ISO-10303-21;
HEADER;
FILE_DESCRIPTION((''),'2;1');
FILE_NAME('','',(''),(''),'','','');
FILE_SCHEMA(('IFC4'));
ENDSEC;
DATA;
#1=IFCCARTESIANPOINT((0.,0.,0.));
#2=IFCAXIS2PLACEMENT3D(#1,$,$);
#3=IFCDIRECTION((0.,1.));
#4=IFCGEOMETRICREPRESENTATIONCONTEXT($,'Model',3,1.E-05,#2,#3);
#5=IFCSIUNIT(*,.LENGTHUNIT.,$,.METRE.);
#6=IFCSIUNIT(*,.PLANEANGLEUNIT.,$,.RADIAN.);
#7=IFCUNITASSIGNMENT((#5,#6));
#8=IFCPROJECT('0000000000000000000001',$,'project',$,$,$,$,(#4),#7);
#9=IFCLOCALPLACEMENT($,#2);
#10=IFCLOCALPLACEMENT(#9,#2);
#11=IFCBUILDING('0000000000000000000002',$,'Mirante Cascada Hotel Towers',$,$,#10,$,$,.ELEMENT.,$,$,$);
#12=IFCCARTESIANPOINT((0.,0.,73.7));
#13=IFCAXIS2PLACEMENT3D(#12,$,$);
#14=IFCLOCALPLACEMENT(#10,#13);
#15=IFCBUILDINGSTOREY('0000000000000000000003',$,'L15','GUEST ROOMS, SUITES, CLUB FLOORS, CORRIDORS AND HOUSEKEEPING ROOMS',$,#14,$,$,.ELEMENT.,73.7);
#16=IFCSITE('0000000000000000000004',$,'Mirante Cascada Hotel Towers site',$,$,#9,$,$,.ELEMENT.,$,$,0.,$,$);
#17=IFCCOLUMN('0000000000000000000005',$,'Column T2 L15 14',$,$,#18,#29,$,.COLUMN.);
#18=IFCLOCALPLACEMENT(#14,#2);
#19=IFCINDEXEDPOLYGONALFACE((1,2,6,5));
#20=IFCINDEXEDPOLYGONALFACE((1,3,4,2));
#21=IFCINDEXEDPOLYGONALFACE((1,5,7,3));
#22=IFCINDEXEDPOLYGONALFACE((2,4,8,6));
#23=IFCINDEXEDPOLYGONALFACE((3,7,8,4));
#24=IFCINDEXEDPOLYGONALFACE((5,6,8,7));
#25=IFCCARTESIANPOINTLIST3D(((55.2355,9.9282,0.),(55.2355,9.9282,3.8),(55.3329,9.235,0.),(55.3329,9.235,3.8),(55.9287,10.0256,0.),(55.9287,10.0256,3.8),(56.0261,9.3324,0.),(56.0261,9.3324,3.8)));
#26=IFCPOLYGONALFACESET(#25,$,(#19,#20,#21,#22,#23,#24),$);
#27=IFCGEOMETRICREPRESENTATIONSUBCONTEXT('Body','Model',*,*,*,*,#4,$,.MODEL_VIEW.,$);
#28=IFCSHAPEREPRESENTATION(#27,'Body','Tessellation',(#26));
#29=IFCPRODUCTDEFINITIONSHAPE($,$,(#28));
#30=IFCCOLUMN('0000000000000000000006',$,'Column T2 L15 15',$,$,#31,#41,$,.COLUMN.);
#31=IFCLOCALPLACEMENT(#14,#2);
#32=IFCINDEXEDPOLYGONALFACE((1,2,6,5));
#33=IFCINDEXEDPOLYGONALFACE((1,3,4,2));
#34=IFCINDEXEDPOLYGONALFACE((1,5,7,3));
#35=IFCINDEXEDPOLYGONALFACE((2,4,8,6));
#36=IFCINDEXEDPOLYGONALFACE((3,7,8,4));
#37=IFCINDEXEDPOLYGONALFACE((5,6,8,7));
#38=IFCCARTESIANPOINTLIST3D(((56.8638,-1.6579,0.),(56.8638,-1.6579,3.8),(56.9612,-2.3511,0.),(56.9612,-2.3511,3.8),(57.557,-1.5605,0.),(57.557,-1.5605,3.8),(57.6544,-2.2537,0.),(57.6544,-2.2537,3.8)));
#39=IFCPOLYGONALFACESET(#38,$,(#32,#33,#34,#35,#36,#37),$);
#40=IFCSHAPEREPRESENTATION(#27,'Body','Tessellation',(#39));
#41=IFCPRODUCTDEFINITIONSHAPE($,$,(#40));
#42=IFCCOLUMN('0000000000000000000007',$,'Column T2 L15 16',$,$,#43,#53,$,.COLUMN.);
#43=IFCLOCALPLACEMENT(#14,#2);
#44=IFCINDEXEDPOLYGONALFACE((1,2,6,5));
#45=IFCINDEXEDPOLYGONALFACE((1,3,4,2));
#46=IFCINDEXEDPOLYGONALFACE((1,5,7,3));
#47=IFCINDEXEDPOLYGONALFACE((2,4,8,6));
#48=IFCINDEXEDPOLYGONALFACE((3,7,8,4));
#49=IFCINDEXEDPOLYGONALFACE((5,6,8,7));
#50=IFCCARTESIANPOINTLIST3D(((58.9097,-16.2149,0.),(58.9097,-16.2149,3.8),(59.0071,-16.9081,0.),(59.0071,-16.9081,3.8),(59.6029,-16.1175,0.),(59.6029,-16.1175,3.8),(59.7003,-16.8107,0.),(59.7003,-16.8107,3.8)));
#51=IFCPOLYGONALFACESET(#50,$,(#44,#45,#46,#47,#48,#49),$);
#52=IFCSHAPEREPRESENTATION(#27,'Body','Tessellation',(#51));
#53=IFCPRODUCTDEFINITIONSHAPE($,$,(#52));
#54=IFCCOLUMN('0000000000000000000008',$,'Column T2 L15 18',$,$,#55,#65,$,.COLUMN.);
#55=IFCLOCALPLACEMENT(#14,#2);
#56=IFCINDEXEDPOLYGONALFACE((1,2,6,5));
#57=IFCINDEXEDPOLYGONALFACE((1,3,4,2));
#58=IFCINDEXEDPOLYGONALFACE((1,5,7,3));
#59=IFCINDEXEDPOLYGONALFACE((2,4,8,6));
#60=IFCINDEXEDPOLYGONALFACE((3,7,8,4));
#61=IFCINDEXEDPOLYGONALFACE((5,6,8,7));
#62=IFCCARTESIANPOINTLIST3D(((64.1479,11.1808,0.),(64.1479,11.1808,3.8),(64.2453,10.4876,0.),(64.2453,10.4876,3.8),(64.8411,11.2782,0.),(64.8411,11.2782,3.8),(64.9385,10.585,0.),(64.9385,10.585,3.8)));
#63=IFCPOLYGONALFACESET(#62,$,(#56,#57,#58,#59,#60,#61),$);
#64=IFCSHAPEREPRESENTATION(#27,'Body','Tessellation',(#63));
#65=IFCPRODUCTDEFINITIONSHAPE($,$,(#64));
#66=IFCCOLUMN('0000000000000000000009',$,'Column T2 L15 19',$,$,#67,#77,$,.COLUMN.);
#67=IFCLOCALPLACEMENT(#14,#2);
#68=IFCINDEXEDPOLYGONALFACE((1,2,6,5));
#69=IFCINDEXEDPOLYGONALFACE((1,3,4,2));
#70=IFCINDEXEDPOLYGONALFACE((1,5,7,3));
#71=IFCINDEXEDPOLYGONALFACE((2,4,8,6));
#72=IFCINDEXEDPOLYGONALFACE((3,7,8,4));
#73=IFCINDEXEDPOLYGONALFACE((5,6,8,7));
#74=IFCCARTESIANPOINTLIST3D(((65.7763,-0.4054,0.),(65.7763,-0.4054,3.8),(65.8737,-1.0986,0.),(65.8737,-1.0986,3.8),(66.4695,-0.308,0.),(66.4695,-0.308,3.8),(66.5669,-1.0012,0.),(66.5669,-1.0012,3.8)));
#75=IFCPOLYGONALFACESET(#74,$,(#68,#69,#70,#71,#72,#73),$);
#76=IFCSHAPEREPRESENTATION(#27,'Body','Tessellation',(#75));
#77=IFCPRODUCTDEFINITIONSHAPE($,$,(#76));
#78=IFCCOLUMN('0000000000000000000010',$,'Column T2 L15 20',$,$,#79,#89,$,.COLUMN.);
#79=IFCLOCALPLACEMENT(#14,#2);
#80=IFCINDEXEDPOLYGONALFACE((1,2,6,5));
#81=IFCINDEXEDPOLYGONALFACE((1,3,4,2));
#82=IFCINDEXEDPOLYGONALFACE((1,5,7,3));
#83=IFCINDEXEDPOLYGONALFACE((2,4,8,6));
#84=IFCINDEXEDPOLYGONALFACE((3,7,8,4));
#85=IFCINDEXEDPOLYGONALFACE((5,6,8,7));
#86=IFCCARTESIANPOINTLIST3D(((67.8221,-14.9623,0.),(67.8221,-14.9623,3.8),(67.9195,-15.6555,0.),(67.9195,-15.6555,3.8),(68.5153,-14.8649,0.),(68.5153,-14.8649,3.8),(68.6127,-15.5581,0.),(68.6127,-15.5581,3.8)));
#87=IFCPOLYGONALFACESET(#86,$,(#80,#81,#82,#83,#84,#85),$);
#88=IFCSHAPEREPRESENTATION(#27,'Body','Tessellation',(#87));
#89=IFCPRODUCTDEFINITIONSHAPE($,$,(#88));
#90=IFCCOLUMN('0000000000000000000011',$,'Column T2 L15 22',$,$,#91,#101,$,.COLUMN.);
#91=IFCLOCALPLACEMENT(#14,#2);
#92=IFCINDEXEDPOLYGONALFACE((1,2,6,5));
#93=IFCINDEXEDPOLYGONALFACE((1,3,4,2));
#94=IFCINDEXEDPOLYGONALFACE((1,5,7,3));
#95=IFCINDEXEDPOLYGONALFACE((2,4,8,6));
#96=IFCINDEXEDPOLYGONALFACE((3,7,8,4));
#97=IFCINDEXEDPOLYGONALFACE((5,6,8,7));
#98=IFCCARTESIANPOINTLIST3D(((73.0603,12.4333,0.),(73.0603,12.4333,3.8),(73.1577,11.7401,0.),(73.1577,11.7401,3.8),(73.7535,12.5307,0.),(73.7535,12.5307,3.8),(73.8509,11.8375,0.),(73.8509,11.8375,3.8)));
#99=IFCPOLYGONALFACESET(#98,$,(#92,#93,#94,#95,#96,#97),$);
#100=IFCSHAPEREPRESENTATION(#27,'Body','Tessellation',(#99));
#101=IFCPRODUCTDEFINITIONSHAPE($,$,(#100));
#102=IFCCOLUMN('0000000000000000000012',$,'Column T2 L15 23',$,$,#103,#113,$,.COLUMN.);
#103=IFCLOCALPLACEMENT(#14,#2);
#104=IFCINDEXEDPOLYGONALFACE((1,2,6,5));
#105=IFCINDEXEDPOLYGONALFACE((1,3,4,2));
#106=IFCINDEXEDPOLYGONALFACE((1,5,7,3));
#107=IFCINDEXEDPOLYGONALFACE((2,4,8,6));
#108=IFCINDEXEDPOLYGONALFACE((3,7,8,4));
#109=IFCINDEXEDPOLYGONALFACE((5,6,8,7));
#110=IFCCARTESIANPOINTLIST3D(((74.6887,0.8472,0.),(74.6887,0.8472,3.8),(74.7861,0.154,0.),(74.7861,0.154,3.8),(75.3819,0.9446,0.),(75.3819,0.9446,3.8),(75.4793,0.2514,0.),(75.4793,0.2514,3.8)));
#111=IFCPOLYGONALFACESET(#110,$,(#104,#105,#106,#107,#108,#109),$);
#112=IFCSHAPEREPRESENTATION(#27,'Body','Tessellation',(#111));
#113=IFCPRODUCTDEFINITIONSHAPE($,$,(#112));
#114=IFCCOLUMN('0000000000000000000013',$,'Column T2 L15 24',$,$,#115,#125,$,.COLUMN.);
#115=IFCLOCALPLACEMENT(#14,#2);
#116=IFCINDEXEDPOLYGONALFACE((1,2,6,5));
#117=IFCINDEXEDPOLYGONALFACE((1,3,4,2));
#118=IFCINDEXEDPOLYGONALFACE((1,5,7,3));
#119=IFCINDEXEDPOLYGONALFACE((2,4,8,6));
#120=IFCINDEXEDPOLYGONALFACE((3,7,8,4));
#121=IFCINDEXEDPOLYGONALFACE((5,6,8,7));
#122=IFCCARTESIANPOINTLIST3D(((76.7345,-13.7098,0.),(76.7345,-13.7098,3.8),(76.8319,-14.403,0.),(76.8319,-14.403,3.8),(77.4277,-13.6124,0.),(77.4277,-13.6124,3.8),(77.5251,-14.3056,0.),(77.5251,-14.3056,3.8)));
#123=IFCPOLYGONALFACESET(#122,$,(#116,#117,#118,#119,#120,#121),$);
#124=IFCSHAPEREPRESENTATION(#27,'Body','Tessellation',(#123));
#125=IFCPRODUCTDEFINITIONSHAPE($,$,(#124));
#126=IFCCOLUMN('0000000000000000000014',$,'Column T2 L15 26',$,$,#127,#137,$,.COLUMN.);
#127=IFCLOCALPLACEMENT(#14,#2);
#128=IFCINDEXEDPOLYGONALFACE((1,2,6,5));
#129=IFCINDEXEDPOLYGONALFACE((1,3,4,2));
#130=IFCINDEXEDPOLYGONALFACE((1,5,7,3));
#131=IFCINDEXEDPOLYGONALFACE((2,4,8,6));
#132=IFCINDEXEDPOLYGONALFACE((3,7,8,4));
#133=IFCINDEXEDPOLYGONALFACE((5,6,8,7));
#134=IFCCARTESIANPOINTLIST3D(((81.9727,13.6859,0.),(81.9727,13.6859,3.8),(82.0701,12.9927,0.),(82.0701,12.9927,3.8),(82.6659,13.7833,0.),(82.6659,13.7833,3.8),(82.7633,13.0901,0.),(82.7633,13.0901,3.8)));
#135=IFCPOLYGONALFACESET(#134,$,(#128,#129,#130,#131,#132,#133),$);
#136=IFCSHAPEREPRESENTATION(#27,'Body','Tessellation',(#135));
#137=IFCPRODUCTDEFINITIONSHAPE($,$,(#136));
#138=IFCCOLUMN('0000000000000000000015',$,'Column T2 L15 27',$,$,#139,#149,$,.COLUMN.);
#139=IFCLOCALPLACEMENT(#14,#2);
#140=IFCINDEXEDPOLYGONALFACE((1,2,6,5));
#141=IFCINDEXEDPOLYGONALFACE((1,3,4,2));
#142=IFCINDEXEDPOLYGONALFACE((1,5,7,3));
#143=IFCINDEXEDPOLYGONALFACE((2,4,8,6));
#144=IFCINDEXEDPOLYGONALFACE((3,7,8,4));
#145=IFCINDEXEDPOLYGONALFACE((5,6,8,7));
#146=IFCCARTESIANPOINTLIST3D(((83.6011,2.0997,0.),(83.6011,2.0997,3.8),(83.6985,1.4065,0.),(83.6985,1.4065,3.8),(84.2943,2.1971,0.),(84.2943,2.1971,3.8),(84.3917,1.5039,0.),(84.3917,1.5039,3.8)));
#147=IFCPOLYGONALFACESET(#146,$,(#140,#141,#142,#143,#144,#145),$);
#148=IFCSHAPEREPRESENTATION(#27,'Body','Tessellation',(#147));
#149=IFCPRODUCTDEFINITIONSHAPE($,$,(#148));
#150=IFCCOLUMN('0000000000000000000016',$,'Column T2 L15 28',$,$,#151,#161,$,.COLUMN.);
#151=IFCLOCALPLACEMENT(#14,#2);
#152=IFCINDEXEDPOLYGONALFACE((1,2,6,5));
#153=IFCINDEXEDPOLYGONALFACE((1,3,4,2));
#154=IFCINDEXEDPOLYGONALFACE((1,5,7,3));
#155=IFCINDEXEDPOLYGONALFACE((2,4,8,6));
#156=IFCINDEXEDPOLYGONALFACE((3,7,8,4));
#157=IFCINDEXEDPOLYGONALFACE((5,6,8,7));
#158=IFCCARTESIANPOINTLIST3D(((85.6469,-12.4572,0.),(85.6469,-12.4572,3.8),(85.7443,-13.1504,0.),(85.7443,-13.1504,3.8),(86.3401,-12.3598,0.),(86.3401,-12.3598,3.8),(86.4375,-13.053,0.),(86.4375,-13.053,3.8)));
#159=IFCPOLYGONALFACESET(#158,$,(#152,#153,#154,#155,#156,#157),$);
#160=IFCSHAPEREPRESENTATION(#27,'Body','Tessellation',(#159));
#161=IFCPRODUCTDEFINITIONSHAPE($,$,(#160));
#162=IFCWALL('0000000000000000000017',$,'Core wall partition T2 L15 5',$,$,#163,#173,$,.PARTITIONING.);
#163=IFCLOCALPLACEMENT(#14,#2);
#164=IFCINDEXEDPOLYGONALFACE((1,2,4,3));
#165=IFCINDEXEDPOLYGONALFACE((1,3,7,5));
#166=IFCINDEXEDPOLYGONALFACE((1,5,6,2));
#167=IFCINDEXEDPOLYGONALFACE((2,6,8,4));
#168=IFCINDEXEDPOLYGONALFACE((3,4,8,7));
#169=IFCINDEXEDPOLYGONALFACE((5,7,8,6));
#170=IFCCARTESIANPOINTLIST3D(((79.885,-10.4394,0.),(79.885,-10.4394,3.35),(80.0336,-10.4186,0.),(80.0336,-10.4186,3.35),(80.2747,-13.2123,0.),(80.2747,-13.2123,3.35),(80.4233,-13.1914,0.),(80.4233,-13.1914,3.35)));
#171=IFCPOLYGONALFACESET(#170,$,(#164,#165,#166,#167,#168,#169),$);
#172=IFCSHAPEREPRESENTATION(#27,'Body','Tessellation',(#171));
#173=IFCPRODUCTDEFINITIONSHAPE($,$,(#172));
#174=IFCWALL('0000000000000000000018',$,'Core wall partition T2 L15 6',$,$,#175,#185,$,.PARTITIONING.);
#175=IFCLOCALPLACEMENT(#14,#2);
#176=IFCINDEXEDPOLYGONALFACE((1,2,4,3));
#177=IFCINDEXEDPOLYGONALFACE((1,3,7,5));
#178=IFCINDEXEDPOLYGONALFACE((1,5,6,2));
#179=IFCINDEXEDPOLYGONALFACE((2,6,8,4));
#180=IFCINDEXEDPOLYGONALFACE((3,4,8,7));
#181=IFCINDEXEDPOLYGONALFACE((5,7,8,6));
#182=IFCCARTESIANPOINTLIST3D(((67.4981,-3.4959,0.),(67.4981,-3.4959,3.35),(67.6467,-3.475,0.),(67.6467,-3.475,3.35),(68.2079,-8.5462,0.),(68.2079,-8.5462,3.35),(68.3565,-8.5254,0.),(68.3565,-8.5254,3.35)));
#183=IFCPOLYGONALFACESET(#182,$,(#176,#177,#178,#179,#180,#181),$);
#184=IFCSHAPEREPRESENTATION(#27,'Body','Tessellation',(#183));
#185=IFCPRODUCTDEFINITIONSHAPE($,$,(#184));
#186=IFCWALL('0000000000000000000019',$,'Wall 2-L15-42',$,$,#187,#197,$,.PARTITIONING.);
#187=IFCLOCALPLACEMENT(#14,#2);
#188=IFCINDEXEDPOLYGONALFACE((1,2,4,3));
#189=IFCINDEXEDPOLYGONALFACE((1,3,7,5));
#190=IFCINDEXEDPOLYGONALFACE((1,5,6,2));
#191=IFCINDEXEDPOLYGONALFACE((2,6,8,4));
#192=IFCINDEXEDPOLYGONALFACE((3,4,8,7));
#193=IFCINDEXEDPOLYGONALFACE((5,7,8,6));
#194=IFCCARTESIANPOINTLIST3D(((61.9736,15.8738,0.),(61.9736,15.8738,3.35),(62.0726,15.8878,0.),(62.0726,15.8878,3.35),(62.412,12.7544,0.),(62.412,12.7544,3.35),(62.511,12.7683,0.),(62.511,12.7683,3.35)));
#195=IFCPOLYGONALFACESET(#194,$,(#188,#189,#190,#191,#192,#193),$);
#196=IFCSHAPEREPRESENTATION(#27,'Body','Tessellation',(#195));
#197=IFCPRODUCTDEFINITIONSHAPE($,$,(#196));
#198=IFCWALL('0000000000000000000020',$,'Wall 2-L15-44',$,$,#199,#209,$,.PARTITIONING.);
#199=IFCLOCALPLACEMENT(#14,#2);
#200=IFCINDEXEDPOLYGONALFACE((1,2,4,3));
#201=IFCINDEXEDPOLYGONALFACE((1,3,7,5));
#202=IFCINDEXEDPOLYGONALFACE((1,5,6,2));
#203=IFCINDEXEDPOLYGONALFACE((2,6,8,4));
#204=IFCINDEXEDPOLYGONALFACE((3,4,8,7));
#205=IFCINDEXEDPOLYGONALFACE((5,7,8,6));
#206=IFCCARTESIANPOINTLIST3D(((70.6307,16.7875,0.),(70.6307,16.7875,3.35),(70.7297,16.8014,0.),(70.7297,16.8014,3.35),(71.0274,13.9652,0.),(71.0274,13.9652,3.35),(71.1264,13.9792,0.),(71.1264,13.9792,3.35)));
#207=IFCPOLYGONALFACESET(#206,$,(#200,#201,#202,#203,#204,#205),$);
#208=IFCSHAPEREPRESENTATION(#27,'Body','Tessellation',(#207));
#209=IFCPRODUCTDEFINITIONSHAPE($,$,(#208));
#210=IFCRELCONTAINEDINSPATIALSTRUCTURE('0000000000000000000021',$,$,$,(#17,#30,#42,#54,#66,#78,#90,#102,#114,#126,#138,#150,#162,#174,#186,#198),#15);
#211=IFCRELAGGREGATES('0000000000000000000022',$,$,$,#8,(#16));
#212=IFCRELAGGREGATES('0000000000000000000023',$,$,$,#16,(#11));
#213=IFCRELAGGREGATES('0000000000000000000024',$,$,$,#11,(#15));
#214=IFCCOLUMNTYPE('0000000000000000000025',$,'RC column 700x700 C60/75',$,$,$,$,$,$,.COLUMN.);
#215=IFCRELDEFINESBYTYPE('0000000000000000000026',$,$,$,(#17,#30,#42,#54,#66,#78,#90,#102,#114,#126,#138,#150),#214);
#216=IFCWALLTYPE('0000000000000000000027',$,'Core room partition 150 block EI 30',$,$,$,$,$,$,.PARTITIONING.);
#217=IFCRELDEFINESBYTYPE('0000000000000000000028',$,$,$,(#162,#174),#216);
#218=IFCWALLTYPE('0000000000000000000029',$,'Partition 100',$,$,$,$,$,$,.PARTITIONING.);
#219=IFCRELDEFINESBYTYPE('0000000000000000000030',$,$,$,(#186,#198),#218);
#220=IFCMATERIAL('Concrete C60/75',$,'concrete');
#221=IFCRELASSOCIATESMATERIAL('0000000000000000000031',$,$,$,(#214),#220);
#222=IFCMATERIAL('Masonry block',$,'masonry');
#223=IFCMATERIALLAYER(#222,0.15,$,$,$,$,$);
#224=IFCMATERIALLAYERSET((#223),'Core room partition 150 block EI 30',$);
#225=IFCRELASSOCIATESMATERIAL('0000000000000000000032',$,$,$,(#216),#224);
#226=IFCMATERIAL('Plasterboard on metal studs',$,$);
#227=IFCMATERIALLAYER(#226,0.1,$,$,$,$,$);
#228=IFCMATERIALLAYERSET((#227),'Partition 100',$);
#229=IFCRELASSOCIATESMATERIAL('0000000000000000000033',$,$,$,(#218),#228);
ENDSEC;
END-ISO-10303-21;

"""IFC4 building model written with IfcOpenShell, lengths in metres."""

from ifc_helpers import new_model, si_unit, direction, frame, frame_2d, origin, origin_2d, place, context, subcontext, project, spatial, rectangle, extrude, material, layer, layer_set, material_profile, profile_set, type_object, element, save


model = new_model("IFC4")

# Units and contexts
model_context = context("Model", 3, precision=1e-05, world=origin(), true_north=direction((0.0, 1.0)))
body_context = subcontext(model_context, "Body", "Model", "MODEL_VIEW")
ifc_project = project(units=[si_unit("LENGTHUNIT", "METRE"), si_unit("PLANEANGLEUNIT", "RADIAN")], contexts=[model_context])

# Site, building, storey
site_placement = place(None, origin())
site = spatial("IfcSite", under=ifc_project, at=site_placement, Name="Mirante Cascada Hotel Towers site", CompositionType="ELEMENT", RefElevation=0.0)
building_placement = place(site_placement, origin())
building = spatial("IfcBuilding", under=site, at=building_placement, Name="Mirante Cascada Hotel Towers", CompositionType="ELEMENT")
storey_placement = place(building_placement, frame((0.0, 0.0, 73.7)))
storey = spatial("IfcBuildingStorey", under=building, at=storey_placement, Name="L15", Description="GUEST ROOMS, SUITES, CLUB FLOORS, CORRIDORS AND HOUSEKEEPING ROOMS", CompositionType="ELEMENT", Elevation=73.7)

# Columns
ifc_material_1 = material(Name="Concrete C60/75", Category="concrete")
ifc_material_profile = material_profile(ifc_material_1, rectangle(XDim=0.7, YDim=0.7, at=origin_2d()), Name="RC column 700x700 C60/75")
ifc_profile_set = profile_set([ifc_material_profile], Name="Concrete C60/75")
column_type = type_object("IfcColumnType", Name="RC column 700x700 C60/75", PredefinedType="COLUMN", material=ifc_profile_set)
for number, where, z_axis, x_axis, name in (
    (1, (55.6308, 9.6303, 0.0), (0.0, 0.0, 1.0), (0.990268, 0.139173, 0.0), "Column T2 L15 14"),
    (2, (57.2591, -1.9558, 0.0), (0.0, 0.0, 1.0), (0.990268, 0.139173, 0.0), "Column T2 L15 15"),
    (3, (59.305, -16.5128, 0.0), (0.0, 0.0, 1.0), (0.990268, 0.139173, 0.0), "Column T2 L15 16"),
    (4, (64.5432, 10.8829, 0.0), (0.0, 0.0, 1.0), (0.990268, 0.139173, 0.0), "Column T2 L15 18"),
    (5, (66.1716, -0.7033, 0.0), (0.0, 0.0, 1.0), (0.990268, 0.139173, 0.0), "Column T2 L15 19"),
    (6, (68.2174, -15.2602, 0.0), (0.0, 0.0, 1.0), (0.990268, 0.139173, 0.0), "Column T2 L15 20"),
    (7, (73.4556, 12.1354, 0.0), (0.0, 0.0, 1.0), (0.990268, 0.139173, 0.0), "Column T2 L15 22"),
    (8, (75.084, 0.5493, 0.0), (0.0, 0.0, 1.0), (0.990268, 0.139173, 0.0), "Column T2 L15 23"),
    (9, (77.1298, -14.0077, 0.0), (0.0, 0.0, 1.0), (0.990268, 0.139173, 0.0), "Column T2 L15 24"),
    (10, (82.368, 13.388, 0.0), (0.0, 0.0, 1.0), (0.990268, 0.139173, 0.0), "Column T2 L15 26"),
    (11, (83.9964, 1.8018, 0.0), (0.0, 0.0, 1.0), (0.990268, 0.139173, 0.0), "Column T2 L15 27"),
    (12, (86.0422, -12.7551, 0.0), (0.0, 0.0, 1.0), (0.990268, 0.139173, 0.0), "Column T2 L15 28"),
):
    element("IfcColumn", number, at=place(storey_placement, frame(where, z_axis=z_axis, x_axis=x_axis)), inside=storey, type_object=column_type, Name=name, PredefinedType="COLUMN", context=body_context, shape_type="SweptSolid", body=[
        extrude(rectangle(XDim=0.7, YDim=0.7, at=origin_2d()), origin(), (0.0, 0.0, 1.0), 3.8),
    ])

# Walls
ifc_material_2 = material(Name="Masonry block", Category="masonry")
ifc_layer_1 = layer(ifc_material_2, 0.15)
ifc_layer_set_1 = layer_set([ifc_layer_1], Name="Core room partition 150 block EI 30")
wall_type_1 = type_object("IfcWallType", Name="Core room partition 150 block EI 30", PredefinedType="PARTITIONING", material=ifc_layer_set_1)
wall_1_placement = place(storey_placement, frame((80.349, -13.2018, 0.0), z_axis=(0.0, 0.0, 1.0), x_axis=(-0.139176, 0.990268, 0.0)))
element("IfcWall", 13, at=wall_1_placement, inside=storey, type_object=wall_type_1, Name="Core wall partition T2 L15 5", PredefinedType="PARTITIONING", context=body_context, shape_type="SweptSolid", body=[
    extrude(rectangle(XDim=2.8001, YDim=0.15, at=frame_2d((1.4, 0.0))), origin(), (0.0, 0.0, 1.0), 3.35),
])
wall_2_placement = place(storey_placement, frame((68.2822, -8.5358, 0.0), z_axis=(0.0, 0.0, 1.0), x_axis=(-0.139176, 0.990268, 0.0)))
element("IfcWall", 14, at=wall_2_placement, inside=storey, type_object=wall_type_1, Name="Core wall partition T2 L15 6", PredefinedType="PARTITIONING", context=body_context, shape_type="SweptSolid", body=[
    extrude(rectangle(XDim=5.1, YDim=0.15, at=frame_2d((2.55, 0.0))), origin(), (0.0, 0.0, 1.0), 3.35),
])
ifc_material_3 = material(Name="Plasterboard on metal studs")
ifc_layer_2 = layer(ifc_material_3, 0.1)
ifc_layer_set_2 = layer_set([ifc_layer_2], Name="Partition 100")
wall_type_2 = type_object("IfcWallType", Name="Partition 100", PredefinedType="PARTITIONING", material=ifc_layer_set_2)
wall_3_placement = place(storey_placement, frame((62.4615, 12.7614, 0.0), z_axis=(0.0, 0.0, 1.0), x_axis=(-0.139172, 0.990268, 0.0)))
element("IfcWall", 15, at=wall_3_placement, inside=storey, type_object=wall_type_2, Name="Wall 2-L15-42", PredefinedType="PARTITIONING", context=body_context, shape_type="SweptSolid", body=[
    extrude(rectangle(XDim=3.1501, YDim=0.1, at=frame_2d((1.575, 0.0))), origin(), (0.0, 0.0, 1.0), 3.35),
])
wall_4_placement = place(storey_placement, frame((71.0769, 13.9722, 0.0), z_axis=(0.0, 0.0, 1.0), x_axis=(-0.139191, 0.990266, 0.0)))
element("IfcWall", 16, at=wall_4_placement, inside=storey, type_object=wall_type_2, Name="Wall 2-L15-44", PredefinedType="PARTITIONING", context=body_context, shape_type="SweptSolid", body=[
    extrude(rectangle(XDim=2.85, YDim=0.1, at=frame_2d((1.425, 0.0))), origin(), (0.0, 0.0, 1.0), 3.35),
])

save(model, "model.ifc")
